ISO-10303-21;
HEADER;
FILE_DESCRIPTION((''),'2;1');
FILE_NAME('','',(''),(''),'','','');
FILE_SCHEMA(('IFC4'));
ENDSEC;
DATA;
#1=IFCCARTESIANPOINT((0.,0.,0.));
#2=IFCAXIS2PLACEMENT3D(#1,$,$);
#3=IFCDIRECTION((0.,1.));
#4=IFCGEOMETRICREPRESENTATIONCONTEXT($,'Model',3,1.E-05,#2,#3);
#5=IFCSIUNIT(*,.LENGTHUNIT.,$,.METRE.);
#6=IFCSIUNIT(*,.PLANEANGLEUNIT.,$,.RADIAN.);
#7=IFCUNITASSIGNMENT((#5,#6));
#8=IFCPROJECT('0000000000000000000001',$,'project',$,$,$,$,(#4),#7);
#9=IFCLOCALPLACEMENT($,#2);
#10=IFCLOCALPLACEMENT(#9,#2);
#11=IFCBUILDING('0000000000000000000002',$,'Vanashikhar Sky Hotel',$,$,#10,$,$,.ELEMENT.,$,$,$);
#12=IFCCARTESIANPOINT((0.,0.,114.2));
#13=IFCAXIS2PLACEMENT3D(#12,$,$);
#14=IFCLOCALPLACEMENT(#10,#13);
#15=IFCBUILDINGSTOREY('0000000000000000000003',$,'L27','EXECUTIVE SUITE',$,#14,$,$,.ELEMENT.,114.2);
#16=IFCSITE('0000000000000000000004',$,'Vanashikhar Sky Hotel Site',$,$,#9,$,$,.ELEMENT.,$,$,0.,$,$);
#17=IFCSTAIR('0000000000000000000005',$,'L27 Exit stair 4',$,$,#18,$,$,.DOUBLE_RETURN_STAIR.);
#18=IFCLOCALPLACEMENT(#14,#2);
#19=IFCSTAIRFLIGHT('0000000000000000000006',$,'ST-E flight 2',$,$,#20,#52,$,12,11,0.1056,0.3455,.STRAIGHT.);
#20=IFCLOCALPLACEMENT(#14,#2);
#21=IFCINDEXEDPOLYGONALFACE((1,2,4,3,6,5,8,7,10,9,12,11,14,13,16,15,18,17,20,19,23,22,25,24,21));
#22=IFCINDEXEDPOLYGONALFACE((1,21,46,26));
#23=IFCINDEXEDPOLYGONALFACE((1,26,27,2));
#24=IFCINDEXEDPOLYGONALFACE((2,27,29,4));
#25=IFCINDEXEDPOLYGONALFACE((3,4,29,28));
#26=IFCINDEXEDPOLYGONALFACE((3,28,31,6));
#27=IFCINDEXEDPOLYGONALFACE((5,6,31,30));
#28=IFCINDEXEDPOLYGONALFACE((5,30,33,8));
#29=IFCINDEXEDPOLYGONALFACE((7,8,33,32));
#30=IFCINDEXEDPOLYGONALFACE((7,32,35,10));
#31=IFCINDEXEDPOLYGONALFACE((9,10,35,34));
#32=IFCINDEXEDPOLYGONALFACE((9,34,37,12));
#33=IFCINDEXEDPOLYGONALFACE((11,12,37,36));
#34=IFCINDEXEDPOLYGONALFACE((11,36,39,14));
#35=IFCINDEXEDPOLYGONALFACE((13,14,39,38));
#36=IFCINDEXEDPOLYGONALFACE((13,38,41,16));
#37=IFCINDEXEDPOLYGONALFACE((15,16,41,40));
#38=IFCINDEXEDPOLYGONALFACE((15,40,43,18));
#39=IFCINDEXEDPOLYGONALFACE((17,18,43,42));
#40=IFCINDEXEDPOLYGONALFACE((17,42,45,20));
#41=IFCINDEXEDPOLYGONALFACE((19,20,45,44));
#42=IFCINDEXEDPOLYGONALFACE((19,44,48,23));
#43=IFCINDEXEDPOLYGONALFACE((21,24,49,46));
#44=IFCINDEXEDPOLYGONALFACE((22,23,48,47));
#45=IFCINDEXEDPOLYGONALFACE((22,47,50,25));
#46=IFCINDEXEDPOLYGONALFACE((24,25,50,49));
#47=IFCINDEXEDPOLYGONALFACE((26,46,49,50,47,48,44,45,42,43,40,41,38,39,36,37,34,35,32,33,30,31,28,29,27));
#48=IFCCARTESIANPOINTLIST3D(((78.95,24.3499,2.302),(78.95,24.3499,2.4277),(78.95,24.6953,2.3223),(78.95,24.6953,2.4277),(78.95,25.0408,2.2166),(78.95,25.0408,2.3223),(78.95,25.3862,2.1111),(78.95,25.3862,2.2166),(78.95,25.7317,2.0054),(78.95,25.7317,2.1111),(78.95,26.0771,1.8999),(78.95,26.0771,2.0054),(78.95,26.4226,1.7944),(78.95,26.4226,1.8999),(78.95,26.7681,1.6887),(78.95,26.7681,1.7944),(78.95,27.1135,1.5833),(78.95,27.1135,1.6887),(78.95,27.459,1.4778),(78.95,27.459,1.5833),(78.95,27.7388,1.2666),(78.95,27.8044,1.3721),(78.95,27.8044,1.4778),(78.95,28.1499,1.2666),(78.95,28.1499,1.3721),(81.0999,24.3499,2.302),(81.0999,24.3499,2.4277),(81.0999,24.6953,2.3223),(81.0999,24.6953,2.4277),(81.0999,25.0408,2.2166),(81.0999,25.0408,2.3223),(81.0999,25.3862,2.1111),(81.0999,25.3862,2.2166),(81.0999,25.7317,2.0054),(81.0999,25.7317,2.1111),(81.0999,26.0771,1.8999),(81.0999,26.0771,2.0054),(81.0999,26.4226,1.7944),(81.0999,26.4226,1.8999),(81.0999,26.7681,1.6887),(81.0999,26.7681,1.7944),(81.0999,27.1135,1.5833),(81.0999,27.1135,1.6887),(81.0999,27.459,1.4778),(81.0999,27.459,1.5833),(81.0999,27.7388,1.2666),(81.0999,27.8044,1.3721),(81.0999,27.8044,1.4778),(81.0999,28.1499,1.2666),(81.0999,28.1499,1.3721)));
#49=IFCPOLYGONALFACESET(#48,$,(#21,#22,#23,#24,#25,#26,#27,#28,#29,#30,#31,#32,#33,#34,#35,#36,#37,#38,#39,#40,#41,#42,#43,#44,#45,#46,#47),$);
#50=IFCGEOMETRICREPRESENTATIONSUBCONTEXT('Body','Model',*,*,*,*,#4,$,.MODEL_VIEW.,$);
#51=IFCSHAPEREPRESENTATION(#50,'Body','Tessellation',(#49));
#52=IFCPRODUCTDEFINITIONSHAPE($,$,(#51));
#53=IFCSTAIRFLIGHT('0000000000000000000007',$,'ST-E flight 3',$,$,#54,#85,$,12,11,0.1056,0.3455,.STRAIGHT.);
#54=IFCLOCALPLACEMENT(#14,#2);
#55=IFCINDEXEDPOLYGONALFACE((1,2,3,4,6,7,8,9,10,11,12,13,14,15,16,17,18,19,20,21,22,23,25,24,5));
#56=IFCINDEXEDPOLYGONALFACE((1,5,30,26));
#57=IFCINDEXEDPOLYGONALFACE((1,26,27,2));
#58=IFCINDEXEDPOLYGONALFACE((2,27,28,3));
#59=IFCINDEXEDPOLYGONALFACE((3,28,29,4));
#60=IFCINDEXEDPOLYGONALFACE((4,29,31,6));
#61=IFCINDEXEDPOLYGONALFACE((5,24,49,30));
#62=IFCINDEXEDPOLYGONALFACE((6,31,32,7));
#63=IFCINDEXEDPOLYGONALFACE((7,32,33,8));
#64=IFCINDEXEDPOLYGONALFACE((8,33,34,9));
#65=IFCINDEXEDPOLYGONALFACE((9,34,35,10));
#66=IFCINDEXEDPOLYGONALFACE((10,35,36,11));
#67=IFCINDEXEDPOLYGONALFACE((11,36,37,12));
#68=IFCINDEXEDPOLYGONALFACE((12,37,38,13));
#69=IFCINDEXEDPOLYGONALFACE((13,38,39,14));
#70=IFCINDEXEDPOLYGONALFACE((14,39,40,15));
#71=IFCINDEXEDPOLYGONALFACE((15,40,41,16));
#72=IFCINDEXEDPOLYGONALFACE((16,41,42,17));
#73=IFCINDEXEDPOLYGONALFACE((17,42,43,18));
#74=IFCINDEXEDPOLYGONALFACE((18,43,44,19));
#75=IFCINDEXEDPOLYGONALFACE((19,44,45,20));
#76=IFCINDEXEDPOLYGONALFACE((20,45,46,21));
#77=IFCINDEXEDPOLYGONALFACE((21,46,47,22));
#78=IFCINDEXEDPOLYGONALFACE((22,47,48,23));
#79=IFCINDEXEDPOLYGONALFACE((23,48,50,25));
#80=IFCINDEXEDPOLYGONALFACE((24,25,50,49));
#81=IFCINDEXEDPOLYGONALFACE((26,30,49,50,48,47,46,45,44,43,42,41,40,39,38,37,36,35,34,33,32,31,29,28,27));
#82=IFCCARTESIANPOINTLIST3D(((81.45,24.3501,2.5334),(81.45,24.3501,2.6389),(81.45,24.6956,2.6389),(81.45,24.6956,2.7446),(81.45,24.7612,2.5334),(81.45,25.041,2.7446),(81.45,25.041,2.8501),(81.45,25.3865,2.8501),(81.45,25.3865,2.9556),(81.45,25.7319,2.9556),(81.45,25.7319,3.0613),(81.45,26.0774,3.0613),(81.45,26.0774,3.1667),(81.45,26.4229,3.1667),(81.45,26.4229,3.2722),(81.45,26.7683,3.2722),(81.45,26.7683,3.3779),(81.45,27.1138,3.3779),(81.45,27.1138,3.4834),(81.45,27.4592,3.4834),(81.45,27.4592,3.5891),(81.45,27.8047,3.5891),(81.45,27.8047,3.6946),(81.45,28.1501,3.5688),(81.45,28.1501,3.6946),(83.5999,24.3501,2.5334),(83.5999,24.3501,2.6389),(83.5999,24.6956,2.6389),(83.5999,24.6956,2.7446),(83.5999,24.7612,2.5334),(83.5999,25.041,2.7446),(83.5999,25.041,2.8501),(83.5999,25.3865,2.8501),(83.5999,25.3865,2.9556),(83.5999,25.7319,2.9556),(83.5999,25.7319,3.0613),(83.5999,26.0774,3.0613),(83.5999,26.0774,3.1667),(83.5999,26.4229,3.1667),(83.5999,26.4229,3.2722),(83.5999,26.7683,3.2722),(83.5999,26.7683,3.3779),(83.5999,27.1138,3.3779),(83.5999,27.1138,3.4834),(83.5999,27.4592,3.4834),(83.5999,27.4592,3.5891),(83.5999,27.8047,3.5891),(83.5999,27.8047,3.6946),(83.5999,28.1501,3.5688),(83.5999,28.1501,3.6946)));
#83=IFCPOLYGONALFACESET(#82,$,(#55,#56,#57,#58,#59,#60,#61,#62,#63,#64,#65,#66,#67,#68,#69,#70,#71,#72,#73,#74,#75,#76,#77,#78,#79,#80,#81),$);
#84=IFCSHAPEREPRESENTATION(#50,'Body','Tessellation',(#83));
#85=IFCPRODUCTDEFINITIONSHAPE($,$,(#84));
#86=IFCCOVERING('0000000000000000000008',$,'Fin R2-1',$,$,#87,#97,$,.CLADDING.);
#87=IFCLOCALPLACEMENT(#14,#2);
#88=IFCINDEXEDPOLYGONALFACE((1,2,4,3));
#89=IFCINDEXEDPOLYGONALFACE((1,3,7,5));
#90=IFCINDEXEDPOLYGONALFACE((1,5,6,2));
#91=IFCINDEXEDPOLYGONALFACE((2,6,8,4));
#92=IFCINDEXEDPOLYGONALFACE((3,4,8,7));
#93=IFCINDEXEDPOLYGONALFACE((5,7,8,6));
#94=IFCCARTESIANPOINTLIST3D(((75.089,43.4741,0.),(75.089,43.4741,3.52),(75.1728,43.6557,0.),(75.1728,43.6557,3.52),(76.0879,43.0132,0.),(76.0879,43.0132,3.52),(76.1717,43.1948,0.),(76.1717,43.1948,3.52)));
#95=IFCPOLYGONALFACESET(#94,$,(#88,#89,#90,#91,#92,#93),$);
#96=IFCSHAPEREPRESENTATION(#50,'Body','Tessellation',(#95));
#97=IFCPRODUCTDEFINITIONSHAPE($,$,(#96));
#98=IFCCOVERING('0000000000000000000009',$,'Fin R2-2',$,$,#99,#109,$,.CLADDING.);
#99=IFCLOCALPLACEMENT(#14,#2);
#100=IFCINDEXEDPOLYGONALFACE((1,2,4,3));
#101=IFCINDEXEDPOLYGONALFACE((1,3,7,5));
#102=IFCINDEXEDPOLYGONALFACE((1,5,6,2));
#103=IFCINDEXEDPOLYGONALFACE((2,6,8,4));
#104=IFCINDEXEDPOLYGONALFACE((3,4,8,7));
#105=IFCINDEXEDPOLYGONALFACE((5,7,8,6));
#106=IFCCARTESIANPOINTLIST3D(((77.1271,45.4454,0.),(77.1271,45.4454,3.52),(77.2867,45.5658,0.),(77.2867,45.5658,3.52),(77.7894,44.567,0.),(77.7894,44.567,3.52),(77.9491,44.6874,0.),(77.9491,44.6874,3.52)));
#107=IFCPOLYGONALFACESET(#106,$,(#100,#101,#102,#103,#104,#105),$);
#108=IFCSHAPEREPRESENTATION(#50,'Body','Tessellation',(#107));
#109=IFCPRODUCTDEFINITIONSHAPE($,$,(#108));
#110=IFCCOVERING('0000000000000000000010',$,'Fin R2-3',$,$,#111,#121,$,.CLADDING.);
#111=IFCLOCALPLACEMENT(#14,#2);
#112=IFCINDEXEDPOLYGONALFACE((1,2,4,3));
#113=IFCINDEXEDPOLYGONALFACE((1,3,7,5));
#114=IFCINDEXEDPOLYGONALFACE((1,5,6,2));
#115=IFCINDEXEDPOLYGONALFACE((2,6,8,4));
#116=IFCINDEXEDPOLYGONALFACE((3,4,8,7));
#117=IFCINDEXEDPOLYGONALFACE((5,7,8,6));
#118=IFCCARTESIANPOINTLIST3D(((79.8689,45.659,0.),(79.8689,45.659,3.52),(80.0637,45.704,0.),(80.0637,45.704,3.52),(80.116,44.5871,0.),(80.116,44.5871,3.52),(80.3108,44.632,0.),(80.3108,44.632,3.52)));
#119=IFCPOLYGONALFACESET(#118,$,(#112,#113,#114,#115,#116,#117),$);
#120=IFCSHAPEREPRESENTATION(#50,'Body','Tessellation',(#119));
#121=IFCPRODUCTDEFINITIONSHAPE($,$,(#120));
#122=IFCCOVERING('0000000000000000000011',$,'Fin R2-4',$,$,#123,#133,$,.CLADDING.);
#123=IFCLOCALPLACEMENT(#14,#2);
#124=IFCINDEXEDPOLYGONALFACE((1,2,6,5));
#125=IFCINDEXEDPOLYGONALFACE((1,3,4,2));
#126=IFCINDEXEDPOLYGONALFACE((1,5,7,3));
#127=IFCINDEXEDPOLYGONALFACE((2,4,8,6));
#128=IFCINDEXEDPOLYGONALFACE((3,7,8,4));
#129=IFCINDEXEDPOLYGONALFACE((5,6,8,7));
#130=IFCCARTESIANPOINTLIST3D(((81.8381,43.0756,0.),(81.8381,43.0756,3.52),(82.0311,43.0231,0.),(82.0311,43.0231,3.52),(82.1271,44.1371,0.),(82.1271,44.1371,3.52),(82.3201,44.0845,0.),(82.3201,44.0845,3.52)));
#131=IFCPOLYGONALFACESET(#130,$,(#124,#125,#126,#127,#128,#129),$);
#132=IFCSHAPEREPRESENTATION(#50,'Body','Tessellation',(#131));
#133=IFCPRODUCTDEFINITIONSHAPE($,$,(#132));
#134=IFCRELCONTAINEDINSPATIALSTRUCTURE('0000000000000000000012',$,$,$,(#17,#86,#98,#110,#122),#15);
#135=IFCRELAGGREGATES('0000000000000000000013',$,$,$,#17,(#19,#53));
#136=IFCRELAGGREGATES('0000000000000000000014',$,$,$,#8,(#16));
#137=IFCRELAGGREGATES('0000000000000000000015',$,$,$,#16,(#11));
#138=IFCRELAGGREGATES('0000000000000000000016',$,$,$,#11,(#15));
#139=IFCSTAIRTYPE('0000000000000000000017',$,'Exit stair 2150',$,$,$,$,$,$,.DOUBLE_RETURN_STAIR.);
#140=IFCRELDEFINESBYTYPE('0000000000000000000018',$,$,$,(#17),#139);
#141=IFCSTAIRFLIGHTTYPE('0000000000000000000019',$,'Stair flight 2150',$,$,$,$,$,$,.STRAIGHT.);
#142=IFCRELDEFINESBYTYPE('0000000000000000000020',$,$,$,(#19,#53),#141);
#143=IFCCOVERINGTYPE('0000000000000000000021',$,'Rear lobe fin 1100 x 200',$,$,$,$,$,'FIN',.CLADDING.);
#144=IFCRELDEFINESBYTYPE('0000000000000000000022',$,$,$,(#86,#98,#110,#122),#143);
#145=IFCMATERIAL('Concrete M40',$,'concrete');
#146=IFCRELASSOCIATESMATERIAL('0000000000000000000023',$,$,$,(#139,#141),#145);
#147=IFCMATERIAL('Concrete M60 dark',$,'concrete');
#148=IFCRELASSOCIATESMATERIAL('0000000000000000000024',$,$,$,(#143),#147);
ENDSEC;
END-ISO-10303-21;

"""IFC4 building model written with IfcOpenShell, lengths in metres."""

from ifc_helpers import new_model, si_unit, direction, frame, origin, origin_2d, place, context, subcontext, project, spatial, polyline, rectangle, outline, extrude, source, transform, mapped, material, material_profile, profile_set, type_object, element, aggregate, save


model = new_model("IFC4")

# Units and contexts
model_context = context("Model", 3, precision=1e-05, world=origin(), true_north=direction((0.0, 1.0)))
body_context = subcontext(model_context, "Body", "Model", "MODEL_VIEW")
ifc_project = project(units=[si_unit("LENGTHUNIT", "METRE"), si_unit("PLANEANGLEUNIT", "RADIAN")], contexts=[model_context])

# Site, building, storey
site_placement = place(None, origin())
site = spatial("IfcSite", under=ifc_project, at=site_placement, Name="Vanashikhar Sky Hotel Site", CompositionType="ELEMENT", RefElevation=0.0)
building_placement = place(site_placement, origin())
building = spatial("IfcBuilding", under=site, at=building_placement, Name="Vanashikhar Sky Hotel", CompositionType="ELEMENT")
storey_placement = place(building_placement, frame((0.0, 0.0, 114.2)))
storey = spatial("IfcBuildingStorey", under=building, at=storey_placement, Name="L27", Description="EXECUTIVE SUITE", CompositionType="ELEMENT", Elevation=114.2)

# Stair, stair flights
ifc_material_1 = material(Name="Concrete M40", Category="concrete")
stair_type = type_object("IfcStairType", Name="Exit stair 2150", PredefinedType="DOUBLE_RETURN_STAIR", material=ifc_material_1)
stair_placement = place(storey_placement, origin())
stair = element("IfcStair", 1, at=stair_placement, inside=storey, type_object=stair_type, Name="L27 Exit stair 4", PredefinedType="DOUBLE_RETURN_STAIR")
stair_flight_type = type_object("IfcStairFlightType", Name="Stair flight 2150", PredefinedType="STRAIGHT", material=ifc_material_1)
shared_shape_1 = source(origin(), body_context, "Body", "SweptSolid", [
    extrude(outline(polyline([(0.0, 0.0), (0.0, 0.1055), (0.3455, 0.1055), (0.3455, 0.2112), (0.6909, 0.2112), (0.6909, 0.3167), (1.0364, 0.3167), (1.0364, 0.4221), (1.3818, 0.4221), (1.3818, 0.5278), (1.7273, 0.5278), (1.7273, 0.6333), (2.0728, 0.6333), (2.0728, 0.7388), (2.4182, 0.7388), (2.4182, 0.8445), (2.7637, 0.8445), (2.7637, 0.95), (3.1091, 0.95), (3.1091, 1.0557), (3.4546, 1.0557), (3.4546, 1.1611), (3.8, 1.1611), (3.8, 1.2666), (3.8, 1.0354), (0.4111, 0.0), (0.0, 0.0)])), frame((0.0, 1.075, 0.0), z_axis=(0.0, -1.0, 0.0), x_axis=(1.0, 0.0, 0.0)), (0.0, 0.0, 1.0), 2.1499),
])
stair_flight_1_placement = place(storey_placement, frame((80.0249, 28.1499, 1.2666), z_axis=(0.0, 0.0, 1.0), x_axis=(0.0, -1.0, 0.0)))
stair_flight_1 = element("IfcStairFlight", 2, at=stair_flight_1_placement, type_object=stair_flight_type, Name="ST-E flight 2", NumberOfRisers=12, NumberOfTreads=11, PredefinedType="STRAIGHT", RiserHeight=0.1056, TreadLength=0.3455, context=body_context, shape_type="MappedRepresentation", body=[
    mapped(shared_shape_1, transform((0.0, 0.0, 0.0), scale=1.0)),
])
stair_flight_2_placement = place(storey_placement, frame((82.5249, 24.3501, 2.5334), z_axis=(0.0, 0.0, 1.0), x_axis=(0.0, 1.0, 0.0)))
stair_flight_2 = element("IfcStairFlight", 3, at=stair_flight_2_placement, type_object=stair_flight_type, Name="ST-E flight 3", NumberOfRisers=12, NumberOfTreads=11, PredefinedType="STRAIGHT", RiserHeight=0.1056, TreadLength=0.3455, context=body_context, shape_type="MappedRepresentation", body=[
    mapped(shared_shape_1, transform((0.0, 0.0, 0.0), scale=1.0)),
])
aggregate(stair, [stair_flight_1, stair_flight_2])

# Coverings
ifc_material_2 = material(Name="Concrete M60 dark", Category="concrete")
ifc_material_profile_1 = material_profile(ifc_material_2, rectangle(XDim=1.1001, YDim=0.2, at=origin_2d()))
ifc_profile_set_1 = profile_set([ifc_material_profile_1], Name="Rear lobe fin 1100 x 200")
covering_type = type_object("IfcCoveringType", Name="Rear lobe fin 1100 x 200", ElementType="FIN", PredefinedType="CLADDING", material=ifc_profile_set_1)
shared_shape_2 = source(origin(), body_context, "Body", "SweptSolid", [
    extrude(rectangle(XDim=1.1001, YDim=0.2, at=origin_2d()), origin(), (0.0, 0.0, 1.0), 3.52),
])
for number, where, z_axis, x_axis, name in (
    (4, (75.6304, 43.3345, 0.0), (0.0, 0.0, 1.0), (-0.908004, 0.418961, 0.0), "Fin R2-1"),
    (5, (77.5381, 45.0664, 0.0), (0.0, 0.0, 1.0), (-0.602066, 0.798446, 0.0), "Fin R2-2"),
    (6, (80.0898, 45.1455, 0.0), (0.0, 0.0, 1.0), (-0.224645, 0.974441, 0.0), "Fin R2-3"),
    (7, (82.0791, 43.5801, 0.0), (0.0, 0.0, 1.0), (0.262711, 0.964874, 0.0), "Fin R2-4"),
):
    element("IfcCovering", number, at=place(storey_placement, frame(where, z_axis=z_axis, x_axis=x_axis)), inside=storey, type_object=covering_type, Name=name, PredefinedType="CLADDING", context=body_context, shape_type="MappedRepresentation", body=[
        mapped(shared_shape_2, transform((0.0, 0.0, 0.0), scale=1.0)),
    ])

save(model, "model.ifc")
